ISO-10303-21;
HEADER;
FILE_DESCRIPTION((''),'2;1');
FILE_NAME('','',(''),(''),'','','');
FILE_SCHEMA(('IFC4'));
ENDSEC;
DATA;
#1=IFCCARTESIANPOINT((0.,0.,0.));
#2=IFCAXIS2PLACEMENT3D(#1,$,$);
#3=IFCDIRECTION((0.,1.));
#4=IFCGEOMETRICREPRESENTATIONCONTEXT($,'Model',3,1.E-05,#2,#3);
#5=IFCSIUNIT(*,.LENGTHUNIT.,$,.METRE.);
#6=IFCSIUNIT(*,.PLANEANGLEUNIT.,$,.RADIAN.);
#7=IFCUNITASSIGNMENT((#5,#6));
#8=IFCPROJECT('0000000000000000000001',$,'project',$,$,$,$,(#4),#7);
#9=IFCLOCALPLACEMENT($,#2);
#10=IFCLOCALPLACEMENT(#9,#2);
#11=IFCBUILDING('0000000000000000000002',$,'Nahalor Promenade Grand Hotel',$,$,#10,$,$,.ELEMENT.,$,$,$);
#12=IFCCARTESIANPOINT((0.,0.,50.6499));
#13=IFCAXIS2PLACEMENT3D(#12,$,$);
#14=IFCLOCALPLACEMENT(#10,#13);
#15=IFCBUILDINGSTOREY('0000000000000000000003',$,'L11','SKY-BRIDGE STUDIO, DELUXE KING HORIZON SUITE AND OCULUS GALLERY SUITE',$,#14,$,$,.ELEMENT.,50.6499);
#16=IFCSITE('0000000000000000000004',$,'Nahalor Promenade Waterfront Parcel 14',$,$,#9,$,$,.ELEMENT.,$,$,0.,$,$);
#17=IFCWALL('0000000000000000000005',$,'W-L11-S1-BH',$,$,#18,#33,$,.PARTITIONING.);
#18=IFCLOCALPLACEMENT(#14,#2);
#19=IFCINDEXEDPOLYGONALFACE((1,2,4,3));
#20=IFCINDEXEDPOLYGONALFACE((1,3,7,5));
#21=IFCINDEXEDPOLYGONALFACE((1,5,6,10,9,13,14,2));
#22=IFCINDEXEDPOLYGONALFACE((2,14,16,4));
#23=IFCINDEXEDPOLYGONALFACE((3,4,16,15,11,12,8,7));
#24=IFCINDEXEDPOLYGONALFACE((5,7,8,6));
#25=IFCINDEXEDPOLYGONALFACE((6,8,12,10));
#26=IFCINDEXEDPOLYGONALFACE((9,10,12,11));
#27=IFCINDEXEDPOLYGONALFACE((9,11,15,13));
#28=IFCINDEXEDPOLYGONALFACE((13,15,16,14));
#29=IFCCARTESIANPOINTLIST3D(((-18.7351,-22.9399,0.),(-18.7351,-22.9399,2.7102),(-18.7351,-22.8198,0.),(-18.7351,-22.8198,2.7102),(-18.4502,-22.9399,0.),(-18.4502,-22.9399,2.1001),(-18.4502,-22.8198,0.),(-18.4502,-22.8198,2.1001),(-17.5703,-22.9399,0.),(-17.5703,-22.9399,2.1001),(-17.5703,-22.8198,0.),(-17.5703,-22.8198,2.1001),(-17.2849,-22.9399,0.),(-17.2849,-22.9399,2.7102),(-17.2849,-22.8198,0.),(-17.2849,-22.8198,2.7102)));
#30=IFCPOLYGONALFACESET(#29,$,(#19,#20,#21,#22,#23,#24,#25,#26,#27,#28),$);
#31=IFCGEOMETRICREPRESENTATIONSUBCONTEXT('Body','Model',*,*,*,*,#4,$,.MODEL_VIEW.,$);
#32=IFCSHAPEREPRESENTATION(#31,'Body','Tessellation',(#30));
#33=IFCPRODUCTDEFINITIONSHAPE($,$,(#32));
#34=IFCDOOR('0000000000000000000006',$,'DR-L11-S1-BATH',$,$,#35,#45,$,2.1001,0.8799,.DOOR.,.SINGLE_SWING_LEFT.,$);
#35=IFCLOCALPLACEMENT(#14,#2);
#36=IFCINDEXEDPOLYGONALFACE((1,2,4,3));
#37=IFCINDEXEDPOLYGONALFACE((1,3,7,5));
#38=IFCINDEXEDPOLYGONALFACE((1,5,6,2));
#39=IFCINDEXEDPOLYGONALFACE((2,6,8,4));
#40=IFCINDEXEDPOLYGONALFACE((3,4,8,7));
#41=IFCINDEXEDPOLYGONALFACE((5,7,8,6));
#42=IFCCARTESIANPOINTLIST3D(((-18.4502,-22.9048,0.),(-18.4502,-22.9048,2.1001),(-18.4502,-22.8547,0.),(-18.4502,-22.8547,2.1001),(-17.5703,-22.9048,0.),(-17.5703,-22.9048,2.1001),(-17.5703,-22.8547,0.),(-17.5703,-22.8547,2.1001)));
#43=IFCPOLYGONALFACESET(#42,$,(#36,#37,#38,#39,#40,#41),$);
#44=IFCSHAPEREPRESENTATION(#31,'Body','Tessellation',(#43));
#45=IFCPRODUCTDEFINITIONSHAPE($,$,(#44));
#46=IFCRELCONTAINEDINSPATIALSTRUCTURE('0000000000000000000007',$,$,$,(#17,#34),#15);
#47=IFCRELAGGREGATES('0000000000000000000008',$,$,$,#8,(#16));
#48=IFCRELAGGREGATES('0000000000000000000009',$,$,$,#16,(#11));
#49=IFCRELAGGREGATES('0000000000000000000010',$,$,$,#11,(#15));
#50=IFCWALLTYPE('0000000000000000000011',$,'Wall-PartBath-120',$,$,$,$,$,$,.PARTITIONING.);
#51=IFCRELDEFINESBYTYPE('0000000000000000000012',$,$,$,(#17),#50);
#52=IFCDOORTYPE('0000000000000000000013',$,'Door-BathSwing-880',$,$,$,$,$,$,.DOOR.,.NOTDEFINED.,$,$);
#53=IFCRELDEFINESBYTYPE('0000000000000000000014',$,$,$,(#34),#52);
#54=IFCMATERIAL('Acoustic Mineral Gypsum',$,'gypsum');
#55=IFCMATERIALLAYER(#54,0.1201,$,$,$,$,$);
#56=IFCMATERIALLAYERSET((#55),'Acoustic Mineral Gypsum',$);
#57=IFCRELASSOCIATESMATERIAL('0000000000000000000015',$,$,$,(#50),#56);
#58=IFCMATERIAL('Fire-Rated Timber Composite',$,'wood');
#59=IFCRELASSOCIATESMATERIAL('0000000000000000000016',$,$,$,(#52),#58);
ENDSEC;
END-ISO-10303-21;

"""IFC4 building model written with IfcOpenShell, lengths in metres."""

from ifc_helpers import new_model, si_unit, direction, frame, frame_2d, origin, place, context, subcontext, project, spatial, rectangle, extrude, source, transform, mapped, material, layer, layer_set, type_object, element, fill, save


model = new_model("IFC4")

# Units and contexts
model_context = context("Model", 3, precision=1e-05, world=origin(), true_north=direction((0.0, 1.0)))
body_context = subcontext(model_context, "Body", "Model", "MODEL_VIEW")
ifc_project = project(units=[si_unit("LENGTHUNIT", "METRE"), si_unit("PLANEANGLEUNIT", "RADIAN")], contexts=[model_context])

# Site, building, storey
site_placement = place(None, origin())
site = spatial("IfcSite", under=ifc_project, at=site_placement, Name="Nahalor Promenade Waterfront Parcel 14", CompositionType="ELEMENT", RefElevation=0.0)
building_placement = place(site_placement, origin())
building = spatial("IfcBuilding", under=site, at=building_placement, Name="Nahalor Promenade Grand Hotel", CompositionType="ELEMENT")
storey_placement = place(building_placement, frame((0.0, 0.0, 50.6499)))
storey = spatial("IfcBuildingStorey", under=building, at=storey_placement, Name="L11", Description="SKY-BRIDGE STUDIO, DELUXE KING HORIZON SUITE AND OCULUS GALLERY SUITE", CompositionType="ELEMENT", Elevation=50.6499)

# Shared definitions
ifc_material_1 = material(Name="Acoustic Mineral Gypsum", Category="gypsum")

# Shared definitions
ifc_layer_1 = layer(ifc_material_1, 0.1201)
ifc_layer_set_1 = layer_set([ifc_layer_1], Name="Acoustic Mineral Gypsum")
wall_type_1 = type_object("IfcWallType", Name="Wall-PartBath-120", PredefinedType="PARTITIONING", material=ifc_layer_set_1)
ifc_material_2 = material(Name="Fire-Rated Timber Composite", Category="wood")
door_type_1 = type_object("IfcDoorType", Name="Door-BathSwing-880", OperationType="NOTDEFINED", PredefinedType="DOOR", material=ifc_material_2)
shared_shape_1 = source(origin(), body_context, "Body", "SweptSolid", [
    extrude(rectangle(XDim=0.8799, YDim=2.1001, at=frame_2d((0.4399, 1.05))), frame((0.0, 0.0249, 0.0), z_axis=(0.0, -1.0, 0.0), x_axis=(1.0, 0.0, 0.0)), (0.0, 0.0, 1.0), 0.05),
])

# Wall, opening, door
shared_shape_2 = source(origin(), body_context, "Body", "SweptSolid", [
    extrude(rectangle(XDim=1.4502, YDim=0.1201, at=frame_2d((0.7251, 0.0))), origin(), (0.0, 0.0, 1.0), 2.7102),
])
wall_1_placement = place(storey_placement, frame((-18.7351, -22.8799, 0.0), z_axis=(0.0, 0.0, 1.0), x_axis=(1.0, 0.0, 0.0)))
wall_1 = element("IfcWall", 1, at=wall_1_placement, inside=storey, type_object=wall_type_1, Name="W-L11-S1-BH", PredefinedType="PARTITIONING", context=body_context, shape_type="MappedRepresentation", body=[
    mapped(shared_shape_2, transform((0.0, 0.0, 0.0), scale=1.0)),
])
opening_1_placement = place(wall_1_placement, frame((0.2849, 0.0, 0.0)))
opening_1 = element("IfcOpeningElement", 2, at=opening_1_placement, cuts=wall_1, PredefinedType="OPENING", context=body_context, shape_type="SweptSolid", body=[
    extrude(rectangle(XDim=0.8799, YDim=2.1001, at=frame_2d((0.4399, 1.05))), frame((0.0, 0.0701, 0.0), z_axis=(0.0, -1.0, 0.0), x_axis=(1.0, 0.0, 0.0)), (0.0, 0.0, 1.0), 0.1401),
])
door_1_placement = place(opening_1_placement, frame((0.8799, 0.0, 0.0), z_axis=(0.0, 0.0, 1.0), x_axis=(-1.0, 0.0, 0.0)))
door_1 = element("IfcDoor", 3, at=door_1_placement, inside=storey, type_object=door_type_1, Name="DR-L11-S1-BATH", OperationType="SINGLE_SWING_LEFT", OverallHeight=2.1001, OverallWidth=0.8799, PredefinedType="DOOR", context=body_context, shape_type="MappedRepresentation", body=[
    mapped(shared_shape_1, transform((0.0, 0.0, 0.0), scale=1.0)),
])
fill(opening_1, door_1)

save(model, "model.ifc")
